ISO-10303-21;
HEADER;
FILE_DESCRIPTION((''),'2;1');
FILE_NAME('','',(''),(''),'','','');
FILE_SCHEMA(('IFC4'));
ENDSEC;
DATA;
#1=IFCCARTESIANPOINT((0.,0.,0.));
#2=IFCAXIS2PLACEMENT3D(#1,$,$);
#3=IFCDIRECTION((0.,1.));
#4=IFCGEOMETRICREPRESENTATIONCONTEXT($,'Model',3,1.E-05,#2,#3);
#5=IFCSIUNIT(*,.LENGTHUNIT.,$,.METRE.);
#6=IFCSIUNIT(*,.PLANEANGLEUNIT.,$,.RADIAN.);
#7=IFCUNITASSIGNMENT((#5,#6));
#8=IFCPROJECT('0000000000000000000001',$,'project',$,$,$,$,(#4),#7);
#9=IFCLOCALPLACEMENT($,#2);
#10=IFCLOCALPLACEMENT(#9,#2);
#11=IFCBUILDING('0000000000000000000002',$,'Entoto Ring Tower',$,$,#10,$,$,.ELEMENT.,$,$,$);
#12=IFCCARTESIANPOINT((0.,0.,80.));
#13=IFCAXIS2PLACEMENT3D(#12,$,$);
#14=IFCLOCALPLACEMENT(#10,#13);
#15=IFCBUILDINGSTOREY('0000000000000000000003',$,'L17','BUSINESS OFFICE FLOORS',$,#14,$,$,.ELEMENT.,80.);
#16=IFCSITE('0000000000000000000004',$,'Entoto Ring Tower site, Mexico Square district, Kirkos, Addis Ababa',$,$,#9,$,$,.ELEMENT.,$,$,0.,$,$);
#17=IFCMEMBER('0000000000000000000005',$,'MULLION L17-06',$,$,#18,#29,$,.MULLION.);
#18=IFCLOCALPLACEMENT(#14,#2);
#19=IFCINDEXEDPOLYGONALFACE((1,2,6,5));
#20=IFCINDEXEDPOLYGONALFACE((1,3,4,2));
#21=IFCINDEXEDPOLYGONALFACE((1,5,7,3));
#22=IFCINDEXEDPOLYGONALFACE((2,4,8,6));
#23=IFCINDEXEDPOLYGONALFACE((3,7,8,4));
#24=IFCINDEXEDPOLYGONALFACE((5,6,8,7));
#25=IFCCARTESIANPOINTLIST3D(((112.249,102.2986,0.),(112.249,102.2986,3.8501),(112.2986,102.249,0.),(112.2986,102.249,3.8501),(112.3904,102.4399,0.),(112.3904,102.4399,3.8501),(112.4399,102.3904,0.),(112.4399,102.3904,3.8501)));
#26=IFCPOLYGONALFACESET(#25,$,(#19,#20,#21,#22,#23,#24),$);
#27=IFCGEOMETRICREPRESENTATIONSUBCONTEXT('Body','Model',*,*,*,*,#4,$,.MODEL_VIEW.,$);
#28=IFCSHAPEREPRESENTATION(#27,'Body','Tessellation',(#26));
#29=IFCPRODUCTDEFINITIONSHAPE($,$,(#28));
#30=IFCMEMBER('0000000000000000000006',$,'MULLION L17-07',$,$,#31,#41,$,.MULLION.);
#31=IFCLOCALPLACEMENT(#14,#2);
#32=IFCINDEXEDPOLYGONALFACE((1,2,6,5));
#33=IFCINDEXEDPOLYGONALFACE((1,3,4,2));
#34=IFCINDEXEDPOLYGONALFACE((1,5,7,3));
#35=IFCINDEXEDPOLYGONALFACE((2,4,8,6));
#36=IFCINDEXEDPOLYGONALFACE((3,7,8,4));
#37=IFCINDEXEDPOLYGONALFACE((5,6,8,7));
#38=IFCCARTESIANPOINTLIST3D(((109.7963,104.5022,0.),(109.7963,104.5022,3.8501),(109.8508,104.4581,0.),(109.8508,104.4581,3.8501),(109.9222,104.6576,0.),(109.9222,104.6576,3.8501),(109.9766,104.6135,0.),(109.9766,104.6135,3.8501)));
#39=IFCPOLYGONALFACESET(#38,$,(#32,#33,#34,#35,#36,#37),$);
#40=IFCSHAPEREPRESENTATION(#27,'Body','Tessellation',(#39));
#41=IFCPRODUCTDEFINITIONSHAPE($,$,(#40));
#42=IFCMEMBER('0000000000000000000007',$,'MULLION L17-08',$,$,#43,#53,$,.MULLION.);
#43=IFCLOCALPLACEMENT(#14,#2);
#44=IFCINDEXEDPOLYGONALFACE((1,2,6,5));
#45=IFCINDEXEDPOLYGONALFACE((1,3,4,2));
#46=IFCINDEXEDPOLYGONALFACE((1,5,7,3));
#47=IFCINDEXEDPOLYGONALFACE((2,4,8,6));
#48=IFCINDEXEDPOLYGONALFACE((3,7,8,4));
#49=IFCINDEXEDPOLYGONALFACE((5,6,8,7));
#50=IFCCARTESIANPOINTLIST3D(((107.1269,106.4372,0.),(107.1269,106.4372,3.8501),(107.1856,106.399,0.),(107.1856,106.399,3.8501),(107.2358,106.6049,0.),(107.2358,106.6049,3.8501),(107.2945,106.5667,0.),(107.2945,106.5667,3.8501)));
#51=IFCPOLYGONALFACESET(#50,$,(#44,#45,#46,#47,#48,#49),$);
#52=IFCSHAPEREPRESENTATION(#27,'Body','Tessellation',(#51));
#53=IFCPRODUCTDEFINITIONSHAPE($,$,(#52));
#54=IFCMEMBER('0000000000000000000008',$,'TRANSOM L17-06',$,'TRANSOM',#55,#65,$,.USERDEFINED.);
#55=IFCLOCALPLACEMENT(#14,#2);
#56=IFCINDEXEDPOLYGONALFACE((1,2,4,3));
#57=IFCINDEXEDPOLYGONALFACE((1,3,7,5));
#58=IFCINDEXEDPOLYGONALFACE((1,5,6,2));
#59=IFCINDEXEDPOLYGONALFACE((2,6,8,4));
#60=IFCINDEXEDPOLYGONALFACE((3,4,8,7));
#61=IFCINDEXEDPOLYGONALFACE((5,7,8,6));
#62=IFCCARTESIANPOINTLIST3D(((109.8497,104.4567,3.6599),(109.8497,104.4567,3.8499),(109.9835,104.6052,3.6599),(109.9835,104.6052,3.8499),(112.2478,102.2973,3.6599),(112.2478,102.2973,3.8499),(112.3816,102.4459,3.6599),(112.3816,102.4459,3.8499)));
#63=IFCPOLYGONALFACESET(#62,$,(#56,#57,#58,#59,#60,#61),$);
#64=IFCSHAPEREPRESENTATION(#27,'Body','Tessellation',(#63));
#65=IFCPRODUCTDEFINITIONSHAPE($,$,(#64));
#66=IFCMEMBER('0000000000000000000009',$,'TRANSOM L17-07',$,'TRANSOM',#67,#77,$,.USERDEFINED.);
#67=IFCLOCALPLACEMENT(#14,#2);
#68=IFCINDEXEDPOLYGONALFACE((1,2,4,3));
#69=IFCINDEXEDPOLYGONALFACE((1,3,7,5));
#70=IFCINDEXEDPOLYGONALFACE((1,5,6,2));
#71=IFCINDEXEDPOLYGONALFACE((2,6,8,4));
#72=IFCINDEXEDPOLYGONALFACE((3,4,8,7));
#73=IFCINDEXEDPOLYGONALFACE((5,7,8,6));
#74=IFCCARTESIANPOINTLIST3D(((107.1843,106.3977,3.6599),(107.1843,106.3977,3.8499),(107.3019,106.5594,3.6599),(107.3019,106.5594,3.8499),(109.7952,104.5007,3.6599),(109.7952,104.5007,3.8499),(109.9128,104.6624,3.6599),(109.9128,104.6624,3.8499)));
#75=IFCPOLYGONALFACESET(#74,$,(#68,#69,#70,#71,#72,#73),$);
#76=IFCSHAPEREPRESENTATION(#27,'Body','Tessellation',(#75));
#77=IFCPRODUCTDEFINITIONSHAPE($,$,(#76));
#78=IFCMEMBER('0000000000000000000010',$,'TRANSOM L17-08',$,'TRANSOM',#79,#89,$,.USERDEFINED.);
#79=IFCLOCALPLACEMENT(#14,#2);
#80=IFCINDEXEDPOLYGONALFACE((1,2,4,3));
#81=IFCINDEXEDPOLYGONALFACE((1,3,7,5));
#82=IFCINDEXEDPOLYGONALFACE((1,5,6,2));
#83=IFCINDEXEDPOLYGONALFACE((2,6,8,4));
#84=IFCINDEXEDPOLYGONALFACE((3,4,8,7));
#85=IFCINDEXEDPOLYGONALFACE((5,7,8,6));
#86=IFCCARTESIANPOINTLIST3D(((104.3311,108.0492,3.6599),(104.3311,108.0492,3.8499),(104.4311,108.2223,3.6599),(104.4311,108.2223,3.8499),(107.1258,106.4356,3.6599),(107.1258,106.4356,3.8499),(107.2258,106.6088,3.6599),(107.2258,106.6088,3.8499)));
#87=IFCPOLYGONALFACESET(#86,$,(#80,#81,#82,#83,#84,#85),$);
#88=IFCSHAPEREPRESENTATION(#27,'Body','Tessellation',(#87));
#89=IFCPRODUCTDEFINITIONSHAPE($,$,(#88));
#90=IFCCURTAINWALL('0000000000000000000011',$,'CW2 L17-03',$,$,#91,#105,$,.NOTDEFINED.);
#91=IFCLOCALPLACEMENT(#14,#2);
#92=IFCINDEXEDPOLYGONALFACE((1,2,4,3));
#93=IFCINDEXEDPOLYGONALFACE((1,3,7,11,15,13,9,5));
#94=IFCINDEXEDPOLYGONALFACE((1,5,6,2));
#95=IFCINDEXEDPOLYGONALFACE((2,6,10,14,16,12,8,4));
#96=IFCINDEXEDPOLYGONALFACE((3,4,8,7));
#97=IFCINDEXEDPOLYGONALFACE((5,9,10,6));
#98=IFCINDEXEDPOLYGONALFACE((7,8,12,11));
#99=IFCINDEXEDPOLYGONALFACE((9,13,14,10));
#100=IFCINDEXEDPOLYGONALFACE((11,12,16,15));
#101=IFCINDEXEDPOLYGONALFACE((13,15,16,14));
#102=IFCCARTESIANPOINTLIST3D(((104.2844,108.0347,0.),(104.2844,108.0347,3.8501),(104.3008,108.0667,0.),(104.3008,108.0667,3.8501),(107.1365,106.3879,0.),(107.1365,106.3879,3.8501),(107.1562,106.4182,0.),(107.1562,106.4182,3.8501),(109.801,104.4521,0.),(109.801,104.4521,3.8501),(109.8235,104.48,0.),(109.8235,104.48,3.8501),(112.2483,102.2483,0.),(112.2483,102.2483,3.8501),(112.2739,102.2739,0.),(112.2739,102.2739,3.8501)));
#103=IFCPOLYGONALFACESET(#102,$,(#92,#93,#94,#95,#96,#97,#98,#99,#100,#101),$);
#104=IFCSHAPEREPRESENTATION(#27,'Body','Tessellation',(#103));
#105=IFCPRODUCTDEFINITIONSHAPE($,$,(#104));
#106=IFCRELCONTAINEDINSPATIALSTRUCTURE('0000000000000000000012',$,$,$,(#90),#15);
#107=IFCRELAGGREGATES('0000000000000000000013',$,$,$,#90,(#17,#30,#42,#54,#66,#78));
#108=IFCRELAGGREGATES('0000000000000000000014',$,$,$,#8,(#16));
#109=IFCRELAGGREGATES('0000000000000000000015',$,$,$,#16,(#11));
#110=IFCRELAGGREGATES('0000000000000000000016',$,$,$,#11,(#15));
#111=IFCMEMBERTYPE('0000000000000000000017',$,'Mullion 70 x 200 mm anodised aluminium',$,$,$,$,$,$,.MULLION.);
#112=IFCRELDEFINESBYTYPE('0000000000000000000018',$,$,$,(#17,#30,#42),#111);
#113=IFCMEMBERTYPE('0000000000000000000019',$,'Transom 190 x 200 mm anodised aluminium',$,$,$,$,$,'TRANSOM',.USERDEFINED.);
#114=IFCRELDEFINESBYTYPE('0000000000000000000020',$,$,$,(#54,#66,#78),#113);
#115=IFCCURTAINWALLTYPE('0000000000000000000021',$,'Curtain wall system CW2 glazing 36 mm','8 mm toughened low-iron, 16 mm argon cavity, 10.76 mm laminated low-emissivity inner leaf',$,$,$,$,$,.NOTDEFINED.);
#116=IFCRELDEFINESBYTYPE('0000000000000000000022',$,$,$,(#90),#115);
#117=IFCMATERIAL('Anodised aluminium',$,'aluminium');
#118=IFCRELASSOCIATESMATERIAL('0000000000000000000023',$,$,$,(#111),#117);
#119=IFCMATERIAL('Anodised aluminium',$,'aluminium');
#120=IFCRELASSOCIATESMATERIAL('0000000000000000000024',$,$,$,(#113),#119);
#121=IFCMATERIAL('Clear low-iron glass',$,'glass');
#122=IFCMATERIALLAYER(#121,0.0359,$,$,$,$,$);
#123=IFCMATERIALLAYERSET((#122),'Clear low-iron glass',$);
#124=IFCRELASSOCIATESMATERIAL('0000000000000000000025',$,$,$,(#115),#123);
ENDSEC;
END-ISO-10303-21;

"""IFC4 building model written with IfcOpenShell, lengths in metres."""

from ifc_helpers import new_model, si_unit, direction, frame, origin, origin_2d, place, context, subcontext, project, spatial, polyline, rectangle, outline, extrude, material, layer, layer_set, material_profile, profile_set, type_object, element, aggregate, save


model = new_model("IFC4")

# Units and contexts
model_context = context("Model", 3, precision=1e-05, world=origin(), true_north=direction((0.0, 1.0)))
body_context = subcontext(model_context, "Body", "Model", "MODEL_VIEW")
ifc_project = project(units=[si_unit("LENGTHUNIT", "METRE"), si_unit("PLANEANGLEUNIT", "RADIAN")], contexts=[model_context])

# Members
ifc_material_1 = material(Name="Anodised aluminium", Category="aluminium")
ifc_material_profile_1 = material_profile(ifc_material_1, rectangle(XDim=0.0701, YDim=0.2, at=origin_2d()), Name="Mullion 70 x 200 mm anodised aluminium")
ifc_profile_set_1 = profile_set([ifc_material_profile_1], Name="Anodised aluminium")
member_type_1 = type_object("IfcMemberType", Name="Mullion 70 x 200 mm anodised aluminium", PredefinedType="MULLION", material=ifc_profile_set_1)
site_placement = place(None, origin())
building_placement = place(site_placement, origin())
storey_placement = place(building_placement, frame((0.0, 0.0, 80.0)))
member_1_placement = place(storey_placement, frame((112.3445, 102.3445, 0.0), z_axis=(0.0, 0.0, 1.0), x_axis=(-0.707107, 0.707107, 0.0)))
member_1 = element("IfcMember", 1, at=member_1_placement, type_object=member_type_1, Name="MULLION L17-06", PredefinedType="MULLION", context=body_context, shape_type="SweptSolid", body=[
    extrude(rectangle(XDim=0.0701, YDim=0.2, at=origin_2d()), origin(), (0.0, 0.0, 1.0), 3.8501),
])
member_2_placement = place(storey_placement, frame((109.8865, 104.5579, 0.0), z_axis=(0.0, 0.0, 1.0), x_axis=(-0.777146, 0.62932, 0.0)))
member_2 = element("IfcMember", 2, at=member_2_placement, type_object=member_type_1, Name="MULLION L17-07", PredefinedType="MULLION", context=body_context, shape_type="SweptSolid", body=[
    extrude(rectangle(XDim=0.0701, YDim=0.2, at=origin_2d()), origin(), (0.0, 0.0, 1.0), 3.8501),
])
member_3_placement = place(storey_placement, frame((107.2107, 106.502, 0.0), z_axis=(0.0, 0.0, 1.0), x_axis=(-0.838671, 0.544639, 0.0)))
member_3 = element("IfcMember", 3, at=member_3_placement, type_object=member_type_1, Name="MULLION L17-08", PredefinedType="MULLION", context=body_context, shape_type="SweptSolid", body=[
    extrude(rectangle(XDim=0.0701, YDim=0.2, at=origin_2d()), origin(), (0.0, 0.0, 1.0), 3.8501),
])
ifc_material_2 = material(Name="Anodised aluminium", Category="aluminium")
ifc_material_profile_2 = material_profile(ifc_material_2, rectangle(XDim=0.2, YDim=0.1899, at=origin_2d()), Name="Transom 190 x 200 mm anodised aluminium")
ifc_profile_set_2 = profile_set([ifc_material_profile_2], Name="Anodised aluminium")
member_type_2 = type_object("IfcMemberType", Name="Transom 190 x 200 mm anodised aluminium", ElementType="TRANSOM", PredefinedType="USERDEFINED", material=ifc_profile_set_2)
member_4_placement = place(storey_placement, frame((112.3147, 102.3716, 3.7549), z_axis=(-0.743132, 0.669144, 0.0), x_axis=(-0.669144, -0.743132, 0.0)))
member_4 = element("IfcMember", 4, at=member_4_placement, type_object=member_type_2, Name="TRANSOM L17-06", ObjectType="TRANSOM", PredefinedType="USERDEFINED", context=body_context, shape_type="SweptSolid", body=[
    extrude(rectangle(XDim=0.2, YDim=0.1899, at=origin_2d()), origin(), (0.0, 0.0, 1.0), 3.2271),
])
member_5_placement = place(storey_placement, frame((109.854, 104.5815, 3.7549), z_axis=(-0.809004, 0.587803, 0.0), x_axis=(-0.587803, -0.809004, 0.0)))
member_5 = element("IfcMember", 5, at=member_5_placement, type_object=member_type_2, Name="TRANSOM L17-07", ObjectType="TRANSOM", PredefinedType="USERDEFINED", context=body_context, shape_type="SweptSolid", body=[
    extrude(rectangle(XDim=0.2, YDim=0.1899, at=origin_2d()), origin(), (0.0, 0.0, 1.0), 3.2273),
])
member_6_placement = place(storey_placement, frame((107.1758, 106.5222, 3.7549), z_axis=(-0.866023, 0.500004, 0.0), x_axis=(-0.500004, -0.866023, 0.0)))
member_6 = element("IfcMember", 6, at=member_6_placement, type_object=member_type_2, Name="TRANSOM L17-08", ObjectType="TRANSOM", PredefinedType="USERDEFINED", context=body_context, shape_type="SweptSolid", body=[
    extrude(rectangle(XDim=0.2, YDim=0.1899, at=origin_2d()), origin(), (0.0, 0.0, 1.0), 3.2271),
])

# Site, building, storey
site = spatial("IfcSite", under=ifc_project, at=site_placement, Name="Entoto Ring Tower site, Mexico Square district, Kirkos, Addis Ababa", CompositionType="ELEMENT", RefElevation=0.0)
building = spatial("IfcBuilding", under=site, at=building_placement, Name="Entoto Ring Tower", CompositionType="ELEMENT")
storey = spatial("IfcBuildingStorey", under=building, at=storey_placement, Name="L17", Description="BUSINESS OFFICE FLOORS", CompositionType="ELEMENT", Elevation=80.0)

# Curtain wall
ifc_material_3 = material(Name="Clear low-iron glass", Category="glass")
ifc_layer_1 = layer(ifc_material_3, 0.0359)
ifc_layer_set_1 = layer_set([ifc_layer_1], Name="Clear low-iron glass")
curtain_wall_type = type_object("IfcCurtainWallType", Name="Curtain wall system CW2 glazing 36 mm", Description="8 mm toughened low-iron, 16 mm argon cavity, 10.76 mm laminated low-emissivity inner leaf", PredefinedType="NOTDEFINED", material=ifc_layer_set_1)
curtain_wall_1_placement = place(storey_placement, origin())
curtain_wall_1 = element("IfcCurtainWall", 7, at=curtain_wall_1_placement, inside=storey, type_object=curtain_wall_type, Name="CW2 L17-03", PredefinedType="NOTDEFINED", context=body_context, shape_type="SweptSolid", body=[
    extrude(outline(polyline([(112.2739, 102.2739), (109.8235, 104.48), (107.1562, 106.4182), (104.3008, 108.0667), (104.2844, 108.0347), (107.1365, 106.3879), (109.801, 104.4521), (112.2483, 102.2483), (112.2739, 102.2739)])), origin(), (0.0, 0.0, 1.0), 3.8501),
])
aggregate(curtain_wall_1, [member_1, member_2, member_3, member_4, member_5, member_6])

save(model, "model.ifc")
